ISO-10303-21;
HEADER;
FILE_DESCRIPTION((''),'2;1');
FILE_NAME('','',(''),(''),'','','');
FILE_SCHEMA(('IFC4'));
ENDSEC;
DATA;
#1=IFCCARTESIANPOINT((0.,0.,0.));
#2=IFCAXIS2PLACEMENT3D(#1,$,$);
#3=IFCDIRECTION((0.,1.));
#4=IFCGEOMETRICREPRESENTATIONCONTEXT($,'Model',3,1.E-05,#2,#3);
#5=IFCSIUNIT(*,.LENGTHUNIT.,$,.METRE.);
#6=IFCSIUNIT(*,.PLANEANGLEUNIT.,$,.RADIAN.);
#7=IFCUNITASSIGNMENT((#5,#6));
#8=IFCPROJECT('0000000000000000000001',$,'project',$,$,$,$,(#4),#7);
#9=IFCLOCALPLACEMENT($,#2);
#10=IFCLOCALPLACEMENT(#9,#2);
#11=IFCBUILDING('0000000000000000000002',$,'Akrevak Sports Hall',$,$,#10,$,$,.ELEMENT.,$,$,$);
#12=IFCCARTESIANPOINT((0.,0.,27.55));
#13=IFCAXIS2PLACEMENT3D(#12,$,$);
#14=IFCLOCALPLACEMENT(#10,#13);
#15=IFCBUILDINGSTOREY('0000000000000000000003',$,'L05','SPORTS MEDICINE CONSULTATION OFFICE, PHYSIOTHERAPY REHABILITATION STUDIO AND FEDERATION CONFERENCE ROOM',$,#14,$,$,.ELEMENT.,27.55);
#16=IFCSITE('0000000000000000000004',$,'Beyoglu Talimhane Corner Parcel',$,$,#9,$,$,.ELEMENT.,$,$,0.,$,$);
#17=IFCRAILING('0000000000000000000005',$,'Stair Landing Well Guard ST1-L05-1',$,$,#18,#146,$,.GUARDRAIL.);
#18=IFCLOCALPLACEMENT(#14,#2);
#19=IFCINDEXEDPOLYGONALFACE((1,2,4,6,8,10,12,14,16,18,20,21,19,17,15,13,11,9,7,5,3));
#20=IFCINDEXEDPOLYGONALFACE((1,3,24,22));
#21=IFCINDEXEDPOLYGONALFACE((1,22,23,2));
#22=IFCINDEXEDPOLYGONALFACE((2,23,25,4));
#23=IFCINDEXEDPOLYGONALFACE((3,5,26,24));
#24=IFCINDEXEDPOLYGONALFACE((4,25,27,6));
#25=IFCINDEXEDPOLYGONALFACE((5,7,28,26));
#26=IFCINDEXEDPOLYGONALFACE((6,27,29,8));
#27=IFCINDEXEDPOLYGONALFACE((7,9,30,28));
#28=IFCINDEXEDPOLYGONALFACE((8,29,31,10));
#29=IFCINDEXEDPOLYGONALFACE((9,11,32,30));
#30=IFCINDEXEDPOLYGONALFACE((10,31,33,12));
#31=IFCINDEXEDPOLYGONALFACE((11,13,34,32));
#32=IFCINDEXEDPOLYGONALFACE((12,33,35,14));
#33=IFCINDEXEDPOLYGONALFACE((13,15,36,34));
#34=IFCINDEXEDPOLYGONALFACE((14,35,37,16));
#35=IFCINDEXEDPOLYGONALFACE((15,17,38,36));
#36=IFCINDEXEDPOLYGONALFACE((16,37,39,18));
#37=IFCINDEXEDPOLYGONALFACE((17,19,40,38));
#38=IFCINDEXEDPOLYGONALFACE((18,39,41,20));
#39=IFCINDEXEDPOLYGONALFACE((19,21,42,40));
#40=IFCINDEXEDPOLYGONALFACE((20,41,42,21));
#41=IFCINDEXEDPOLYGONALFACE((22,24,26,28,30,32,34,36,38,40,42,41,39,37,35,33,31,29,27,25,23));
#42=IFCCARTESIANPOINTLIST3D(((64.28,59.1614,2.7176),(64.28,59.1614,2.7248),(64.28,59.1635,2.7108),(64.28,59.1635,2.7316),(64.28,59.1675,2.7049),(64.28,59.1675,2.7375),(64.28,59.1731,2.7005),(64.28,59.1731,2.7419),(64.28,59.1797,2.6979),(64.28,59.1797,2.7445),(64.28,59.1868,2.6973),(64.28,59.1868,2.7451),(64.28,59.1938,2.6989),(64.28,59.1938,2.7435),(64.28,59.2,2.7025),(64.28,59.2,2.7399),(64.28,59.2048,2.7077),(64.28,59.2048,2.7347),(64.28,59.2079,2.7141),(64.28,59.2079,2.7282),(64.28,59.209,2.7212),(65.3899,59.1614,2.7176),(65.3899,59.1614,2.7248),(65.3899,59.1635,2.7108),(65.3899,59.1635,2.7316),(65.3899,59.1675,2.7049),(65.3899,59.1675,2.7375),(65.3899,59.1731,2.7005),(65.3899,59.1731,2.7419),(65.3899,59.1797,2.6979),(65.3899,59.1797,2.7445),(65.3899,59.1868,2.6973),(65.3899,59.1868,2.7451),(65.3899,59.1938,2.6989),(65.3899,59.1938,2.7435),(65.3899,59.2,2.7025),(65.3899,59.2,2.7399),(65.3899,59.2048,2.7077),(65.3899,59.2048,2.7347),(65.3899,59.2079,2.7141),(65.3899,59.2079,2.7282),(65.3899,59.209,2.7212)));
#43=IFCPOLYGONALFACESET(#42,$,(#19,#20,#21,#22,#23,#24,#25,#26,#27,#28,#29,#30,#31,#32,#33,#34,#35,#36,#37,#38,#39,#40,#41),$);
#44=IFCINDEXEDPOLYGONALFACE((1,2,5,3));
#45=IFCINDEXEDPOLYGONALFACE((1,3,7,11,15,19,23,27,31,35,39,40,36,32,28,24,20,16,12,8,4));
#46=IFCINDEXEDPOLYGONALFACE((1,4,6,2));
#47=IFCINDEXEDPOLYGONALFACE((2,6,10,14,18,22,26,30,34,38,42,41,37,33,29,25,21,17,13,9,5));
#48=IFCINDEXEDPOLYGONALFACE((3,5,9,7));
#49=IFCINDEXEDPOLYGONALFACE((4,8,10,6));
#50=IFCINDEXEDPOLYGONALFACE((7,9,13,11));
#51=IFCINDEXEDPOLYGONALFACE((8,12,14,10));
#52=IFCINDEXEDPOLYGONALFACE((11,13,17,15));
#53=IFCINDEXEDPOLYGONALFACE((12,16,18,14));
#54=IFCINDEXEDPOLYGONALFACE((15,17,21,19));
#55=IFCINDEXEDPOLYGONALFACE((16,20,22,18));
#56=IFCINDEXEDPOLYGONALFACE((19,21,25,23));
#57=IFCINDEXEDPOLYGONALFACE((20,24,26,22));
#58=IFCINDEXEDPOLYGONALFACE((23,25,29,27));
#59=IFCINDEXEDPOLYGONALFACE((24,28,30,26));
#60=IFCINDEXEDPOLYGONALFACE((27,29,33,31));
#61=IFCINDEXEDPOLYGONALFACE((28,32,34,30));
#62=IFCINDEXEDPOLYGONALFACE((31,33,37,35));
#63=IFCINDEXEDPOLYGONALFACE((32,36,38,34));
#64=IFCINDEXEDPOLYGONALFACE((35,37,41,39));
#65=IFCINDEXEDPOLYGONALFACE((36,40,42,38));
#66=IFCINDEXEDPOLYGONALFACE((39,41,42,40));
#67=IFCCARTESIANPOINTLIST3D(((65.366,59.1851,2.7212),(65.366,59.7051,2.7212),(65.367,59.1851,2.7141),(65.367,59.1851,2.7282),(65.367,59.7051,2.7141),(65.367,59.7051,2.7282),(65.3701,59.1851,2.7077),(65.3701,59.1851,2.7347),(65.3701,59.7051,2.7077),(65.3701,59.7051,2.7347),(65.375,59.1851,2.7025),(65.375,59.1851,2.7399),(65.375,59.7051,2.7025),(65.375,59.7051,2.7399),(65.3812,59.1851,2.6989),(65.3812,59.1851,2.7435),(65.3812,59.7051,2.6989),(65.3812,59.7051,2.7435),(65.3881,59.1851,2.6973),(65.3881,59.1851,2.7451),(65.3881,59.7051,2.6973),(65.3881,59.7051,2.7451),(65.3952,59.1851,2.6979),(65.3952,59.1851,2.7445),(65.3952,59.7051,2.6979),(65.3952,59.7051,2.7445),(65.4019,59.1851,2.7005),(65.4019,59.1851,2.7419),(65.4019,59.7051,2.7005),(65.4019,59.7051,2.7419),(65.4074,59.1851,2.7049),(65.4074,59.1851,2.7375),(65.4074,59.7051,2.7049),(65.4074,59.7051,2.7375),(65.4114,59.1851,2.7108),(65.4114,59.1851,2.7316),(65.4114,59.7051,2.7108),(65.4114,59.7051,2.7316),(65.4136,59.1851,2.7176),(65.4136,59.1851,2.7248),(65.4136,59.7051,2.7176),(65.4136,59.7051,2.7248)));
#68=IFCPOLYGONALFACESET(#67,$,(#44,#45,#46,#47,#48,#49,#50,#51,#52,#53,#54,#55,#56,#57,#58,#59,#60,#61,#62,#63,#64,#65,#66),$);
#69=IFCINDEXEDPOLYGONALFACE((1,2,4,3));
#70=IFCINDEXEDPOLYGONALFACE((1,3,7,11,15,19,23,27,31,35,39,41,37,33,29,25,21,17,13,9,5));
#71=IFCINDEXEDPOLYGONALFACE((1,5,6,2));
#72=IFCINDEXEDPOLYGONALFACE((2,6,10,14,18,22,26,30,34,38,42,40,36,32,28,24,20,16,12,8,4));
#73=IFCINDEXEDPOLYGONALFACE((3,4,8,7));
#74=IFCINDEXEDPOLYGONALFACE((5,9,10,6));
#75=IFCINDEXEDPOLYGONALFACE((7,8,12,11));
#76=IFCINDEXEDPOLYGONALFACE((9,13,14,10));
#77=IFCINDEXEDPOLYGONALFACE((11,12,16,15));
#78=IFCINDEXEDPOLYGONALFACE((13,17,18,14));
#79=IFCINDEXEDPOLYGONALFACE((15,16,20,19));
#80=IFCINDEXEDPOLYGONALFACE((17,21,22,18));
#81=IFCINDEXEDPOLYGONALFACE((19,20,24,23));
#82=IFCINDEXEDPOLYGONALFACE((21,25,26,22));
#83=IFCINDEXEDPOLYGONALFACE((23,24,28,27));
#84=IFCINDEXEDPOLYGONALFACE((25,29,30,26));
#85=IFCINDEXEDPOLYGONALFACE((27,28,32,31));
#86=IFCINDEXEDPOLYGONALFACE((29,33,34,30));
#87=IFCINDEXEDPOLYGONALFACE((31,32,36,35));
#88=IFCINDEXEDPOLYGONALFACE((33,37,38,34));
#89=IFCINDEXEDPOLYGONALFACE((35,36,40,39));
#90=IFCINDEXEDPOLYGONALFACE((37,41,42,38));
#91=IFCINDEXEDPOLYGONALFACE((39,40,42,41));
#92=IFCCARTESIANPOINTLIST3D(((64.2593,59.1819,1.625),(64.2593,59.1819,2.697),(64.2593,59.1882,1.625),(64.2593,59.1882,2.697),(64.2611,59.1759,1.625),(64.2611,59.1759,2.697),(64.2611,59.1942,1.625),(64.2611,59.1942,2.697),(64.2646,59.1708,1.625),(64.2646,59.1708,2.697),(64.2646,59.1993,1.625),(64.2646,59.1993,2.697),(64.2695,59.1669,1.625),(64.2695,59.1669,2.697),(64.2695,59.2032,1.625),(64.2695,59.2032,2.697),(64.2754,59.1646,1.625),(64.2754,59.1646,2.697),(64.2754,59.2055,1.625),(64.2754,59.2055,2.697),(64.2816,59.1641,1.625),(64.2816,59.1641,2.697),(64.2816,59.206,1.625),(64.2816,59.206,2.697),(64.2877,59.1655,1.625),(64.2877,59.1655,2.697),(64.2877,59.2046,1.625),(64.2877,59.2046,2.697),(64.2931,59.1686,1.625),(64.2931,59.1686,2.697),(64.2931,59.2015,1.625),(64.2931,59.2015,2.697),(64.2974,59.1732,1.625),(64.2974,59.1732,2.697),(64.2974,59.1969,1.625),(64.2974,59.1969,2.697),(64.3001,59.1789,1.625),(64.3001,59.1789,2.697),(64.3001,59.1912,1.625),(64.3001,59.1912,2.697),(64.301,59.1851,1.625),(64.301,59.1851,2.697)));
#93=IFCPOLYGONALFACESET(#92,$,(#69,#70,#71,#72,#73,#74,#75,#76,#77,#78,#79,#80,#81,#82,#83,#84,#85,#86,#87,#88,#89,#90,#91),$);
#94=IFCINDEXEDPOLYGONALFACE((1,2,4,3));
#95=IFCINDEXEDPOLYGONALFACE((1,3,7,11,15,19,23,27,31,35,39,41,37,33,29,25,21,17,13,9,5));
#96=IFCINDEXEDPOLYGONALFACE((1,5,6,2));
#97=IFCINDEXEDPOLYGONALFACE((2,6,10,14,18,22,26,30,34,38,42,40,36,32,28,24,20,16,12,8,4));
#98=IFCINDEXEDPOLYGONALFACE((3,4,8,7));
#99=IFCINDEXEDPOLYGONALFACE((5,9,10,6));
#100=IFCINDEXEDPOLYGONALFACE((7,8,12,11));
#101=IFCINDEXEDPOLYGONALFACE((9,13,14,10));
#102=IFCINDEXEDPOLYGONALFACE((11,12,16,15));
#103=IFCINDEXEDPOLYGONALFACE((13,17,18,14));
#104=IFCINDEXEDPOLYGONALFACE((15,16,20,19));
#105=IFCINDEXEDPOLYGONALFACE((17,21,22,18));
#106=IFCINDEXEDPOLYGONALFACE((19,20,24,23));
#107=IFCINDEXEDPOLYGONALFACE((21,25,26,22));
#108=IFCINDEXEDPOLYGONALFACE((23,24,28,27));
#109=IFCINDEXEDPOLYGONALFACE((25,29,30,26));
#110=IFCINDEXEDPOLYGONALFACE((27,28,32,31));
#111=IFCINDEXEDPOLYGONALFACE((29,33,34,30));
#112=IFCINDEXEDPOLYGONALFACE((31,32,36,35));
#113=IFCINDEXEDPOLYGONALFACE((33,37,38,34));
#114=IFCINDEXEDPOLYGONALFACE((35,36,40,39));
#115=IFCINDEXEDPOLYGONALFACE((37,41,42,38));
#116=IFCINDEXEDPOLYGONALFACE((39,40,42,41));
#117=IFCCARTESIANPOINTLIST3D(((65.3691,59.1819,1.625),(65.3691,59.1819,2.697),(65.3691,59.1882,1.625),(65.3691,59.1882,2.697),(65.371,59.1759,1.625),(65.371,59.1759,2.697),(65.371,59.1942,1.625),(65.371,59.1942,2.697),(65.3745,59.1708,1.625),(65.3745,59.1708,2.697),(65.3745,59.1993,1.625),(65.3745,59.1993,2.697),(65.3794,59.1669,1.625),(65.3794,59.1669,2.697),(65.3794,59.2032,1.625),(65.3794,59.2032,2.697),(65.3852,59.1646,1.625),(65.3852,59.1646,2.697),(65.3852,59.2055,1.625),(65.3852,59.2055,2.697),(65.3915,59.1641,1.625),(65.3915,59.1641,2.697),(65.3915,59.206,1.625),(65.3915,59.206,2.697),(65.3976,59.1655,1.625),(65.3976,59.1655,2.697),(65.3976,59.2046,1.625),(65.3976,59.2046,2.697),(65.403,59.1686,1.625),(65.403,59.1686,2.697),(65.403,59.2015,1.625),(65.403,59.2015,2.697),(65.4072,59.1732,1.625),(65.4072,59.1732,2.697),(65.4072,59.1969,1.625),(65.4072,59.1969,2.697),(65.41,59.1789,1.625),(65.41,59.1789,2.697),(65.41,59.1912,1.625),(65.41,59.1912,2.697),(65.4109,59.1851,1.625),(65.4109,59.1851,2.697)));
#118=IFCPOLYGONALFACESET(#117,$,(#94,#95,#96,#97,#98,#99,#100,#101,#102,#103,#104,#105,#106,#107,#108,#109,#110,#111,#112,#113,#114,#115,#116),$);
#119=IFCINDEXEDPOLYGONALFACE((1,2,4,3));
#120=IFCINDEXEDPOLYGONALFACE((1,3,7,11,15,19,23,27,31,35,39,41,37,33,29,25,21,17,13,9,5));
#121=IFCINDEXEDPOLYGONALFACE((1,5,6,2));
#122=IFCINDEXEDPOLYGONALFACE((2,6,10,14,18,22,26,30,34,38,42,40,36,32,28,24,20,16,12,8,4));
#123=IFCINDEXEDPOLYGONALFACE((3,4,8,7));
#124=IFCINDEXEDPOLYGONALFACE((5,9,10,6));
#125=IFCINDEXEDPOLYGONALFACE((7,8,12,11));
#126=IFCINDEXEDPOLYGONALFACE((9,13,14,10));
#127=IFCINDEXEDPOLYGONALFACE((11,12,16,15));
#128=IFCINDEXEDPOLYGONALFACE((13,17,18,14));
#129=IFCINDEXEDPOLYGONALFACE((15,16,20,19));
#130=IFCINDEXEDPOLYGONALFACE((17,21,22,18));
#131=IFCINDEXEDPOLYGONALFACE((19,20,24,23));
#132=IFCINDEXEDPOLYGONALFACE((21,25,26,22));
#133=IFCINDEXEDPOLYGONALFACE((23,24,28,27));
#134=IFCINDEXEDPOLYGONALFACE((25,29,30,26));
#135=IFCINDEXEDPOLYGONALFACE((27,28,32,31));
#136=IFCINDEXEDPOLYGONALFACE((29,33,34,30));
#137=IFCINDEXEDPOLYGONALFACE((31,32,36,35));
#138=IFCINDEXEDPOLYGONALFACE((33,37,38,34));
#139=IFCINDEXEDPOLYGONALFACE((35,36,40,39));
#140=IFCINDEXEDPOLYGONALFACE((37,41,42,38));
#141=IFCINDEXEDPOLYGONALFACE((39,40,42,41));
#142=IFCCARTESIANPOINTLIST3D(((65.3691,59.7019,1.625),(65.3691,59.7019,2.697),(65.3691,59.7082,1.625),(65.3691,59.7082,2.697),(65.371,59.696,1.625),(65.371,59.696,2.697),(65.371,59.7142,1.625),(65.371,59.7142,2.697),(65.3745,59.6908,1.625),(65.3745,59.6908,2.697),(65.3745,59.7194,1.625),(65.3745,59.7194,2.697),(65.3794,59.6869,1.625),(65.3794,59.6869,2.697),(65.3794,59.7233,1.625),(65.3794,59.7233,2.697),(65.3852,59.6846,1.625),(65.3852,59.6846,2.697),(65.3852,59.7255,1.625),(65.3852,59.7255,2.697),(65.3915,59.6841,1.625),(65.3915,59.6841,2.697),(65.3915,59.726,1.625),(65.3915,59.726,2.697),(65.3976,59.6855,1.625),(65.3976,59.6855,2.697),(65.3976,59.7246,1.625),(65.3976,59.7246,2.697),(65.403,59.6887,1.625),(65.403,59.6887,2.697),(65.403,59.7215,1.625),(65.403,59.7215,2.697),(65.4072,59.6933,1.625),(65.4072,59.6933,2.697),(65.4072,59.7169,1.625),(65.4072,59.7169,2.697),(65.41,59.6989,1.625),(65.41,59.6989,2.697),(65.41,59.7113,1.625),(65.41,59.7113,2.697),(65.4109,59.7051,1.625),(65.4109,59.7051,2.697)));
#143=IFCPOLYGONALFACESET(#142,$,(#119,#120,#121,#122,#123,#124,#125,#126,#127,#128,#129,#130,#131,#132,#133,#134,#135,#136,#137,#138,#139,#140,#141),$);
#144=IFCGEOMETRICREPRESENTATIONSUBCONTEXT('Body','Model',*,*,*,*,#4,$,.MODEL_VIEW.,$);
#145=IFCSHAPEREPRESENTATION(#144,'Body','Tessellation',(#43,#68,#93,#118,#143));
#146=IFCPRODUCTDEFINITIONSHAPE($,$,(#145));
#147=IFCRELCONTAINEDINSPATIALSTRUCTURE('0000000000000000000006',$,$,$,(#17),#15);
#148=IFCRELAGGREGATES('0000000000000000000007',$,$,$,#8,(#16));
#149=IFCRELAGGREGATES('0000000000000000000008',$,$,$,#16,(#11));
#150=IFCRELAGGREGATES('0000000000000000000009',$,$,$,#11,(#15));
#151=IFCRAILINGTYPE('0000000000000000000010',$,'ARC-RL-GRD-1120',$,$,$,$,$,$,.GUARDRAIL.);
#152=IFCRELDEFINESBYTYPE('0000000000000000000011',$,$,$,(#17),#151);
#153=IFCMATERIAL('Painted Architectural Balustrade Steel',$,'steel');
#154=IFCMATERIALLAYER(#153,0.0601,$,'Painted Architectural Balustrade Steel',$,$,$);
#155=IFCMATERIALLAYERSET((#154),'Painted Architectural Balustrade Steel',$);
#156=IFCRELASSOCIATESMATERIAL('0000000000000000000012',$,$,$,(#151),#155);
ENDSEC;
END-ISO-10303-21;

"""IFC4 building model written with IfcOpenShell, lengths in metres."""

from ifc_helpers import new_model, si_unit, direction, frame, origin, origin_2d, place, context, subcontext, project, spatial, circle, extrude, material, layer, layer_set, type_object, element, save


model = new_model("IFC4")

# Units and contexts
model_context = context("Model", 3, precision=1e-05, world=origin(), true_north=direction((0.0, 1.0)))
body_context = subcontext(model_context, "Body", "Model", "MODEL_VIEW")
ifc_project = project(units=[si_unit("LENGTHUNIT", "METRE"), si_unit("PLANEANGLEUNIT", "RADIAN")], contexts=[model_context])

# Site, building, storey
site_placement = place(None, origin())
site = spatial("IfcSite", under=ifc_project, at=site_placement, Name="Beyoglu Talimhane Corner Parcel", CompositionType="ELEMENT", RefElevation=0.0)
building_placement = place(site_placement, origin())
building = spatial("IfcBuilding", under=site, at=building_placement, Name="Akrevak Sports Hall", CompositionType="ELEMENT")
storey_placement = place(building_placement, frame((0.0, 0.0, 27.55)))
storey = spatial("IfcBuildingStorey", under=building, at=storey_placement, Name="L05", Description="SPORTS MEDICINE CONSULTATION OFFICE, PHYSIOTHERAPY REHABILITATION STUDIO AND FEDERATION CONFERENCE ROOM", CompositionType="ELEMENT", Elevation=27.55)

# Railing
ifc_material_1 = material(Name="Painted Architectural Balustrade Steel", Category="steel")
ifc_layer_1 = layer(ifc_material_1, 0.0601, Name="Painted Architectural Balustrade Steel")
ifc_layer_set_1 = layer_set([ifc_layer_1], Name="Painted Architectural Balustrade Steel")
railing_type_1 = type_object("IfcRailingType", Name="ARC-RL-GRD-1120", PredefinedType="GUARDRAIL", material=ifc_layer_set_1)
railing_1_placement = place(storey_placement, frame((64.28, 59.1851, 1.625)))
element("IfcRailing", 1, at=railing_1_placement, inside=storey, type_object=railing_type_1, Name="Stair Landing Well Guard ST1-L05-1", PredefinedType="GUARDRAIL", context=body_context, shape_type="SweptSolid", body=[
    extrude(circle(Radius=0.0239, at=origin_2d()), frame((0.0, 0.0, 1.0962), z_axis=(1.0, 0.0, 0.0), x_axis=(0.0, 1.0, 0.0)), (0.0, 0.0, 1.0), 1.1099),
    extrude(circle(Radius=0.0239, at=origin_2d()), frame((1.1099, 0.0, 1.0962), z_axis=(0.0, 1.0, 0.0), x_axis=(-1.0, 0.0, 0.0)), (0.0, 0.0, 1.0), 0.52),
    extrude(circle(Radius=0.021, at=origin_2d()), origin(), (0.0, 0.0, 1.0), 1.072),
    extrude(circle(Radius=0.021, at=origin_2d()), frame((1.1099, 0.0, 0.0)), (0.0, 0.0, 1.0), 1.072),
    extrude(circle(Radius=0.021, at=origin_2d()), frame((1.1099, 0.52, 0.0)), (0.0, 0.0, 1.0), 1.072),
])

save(model, "model.ifc")
